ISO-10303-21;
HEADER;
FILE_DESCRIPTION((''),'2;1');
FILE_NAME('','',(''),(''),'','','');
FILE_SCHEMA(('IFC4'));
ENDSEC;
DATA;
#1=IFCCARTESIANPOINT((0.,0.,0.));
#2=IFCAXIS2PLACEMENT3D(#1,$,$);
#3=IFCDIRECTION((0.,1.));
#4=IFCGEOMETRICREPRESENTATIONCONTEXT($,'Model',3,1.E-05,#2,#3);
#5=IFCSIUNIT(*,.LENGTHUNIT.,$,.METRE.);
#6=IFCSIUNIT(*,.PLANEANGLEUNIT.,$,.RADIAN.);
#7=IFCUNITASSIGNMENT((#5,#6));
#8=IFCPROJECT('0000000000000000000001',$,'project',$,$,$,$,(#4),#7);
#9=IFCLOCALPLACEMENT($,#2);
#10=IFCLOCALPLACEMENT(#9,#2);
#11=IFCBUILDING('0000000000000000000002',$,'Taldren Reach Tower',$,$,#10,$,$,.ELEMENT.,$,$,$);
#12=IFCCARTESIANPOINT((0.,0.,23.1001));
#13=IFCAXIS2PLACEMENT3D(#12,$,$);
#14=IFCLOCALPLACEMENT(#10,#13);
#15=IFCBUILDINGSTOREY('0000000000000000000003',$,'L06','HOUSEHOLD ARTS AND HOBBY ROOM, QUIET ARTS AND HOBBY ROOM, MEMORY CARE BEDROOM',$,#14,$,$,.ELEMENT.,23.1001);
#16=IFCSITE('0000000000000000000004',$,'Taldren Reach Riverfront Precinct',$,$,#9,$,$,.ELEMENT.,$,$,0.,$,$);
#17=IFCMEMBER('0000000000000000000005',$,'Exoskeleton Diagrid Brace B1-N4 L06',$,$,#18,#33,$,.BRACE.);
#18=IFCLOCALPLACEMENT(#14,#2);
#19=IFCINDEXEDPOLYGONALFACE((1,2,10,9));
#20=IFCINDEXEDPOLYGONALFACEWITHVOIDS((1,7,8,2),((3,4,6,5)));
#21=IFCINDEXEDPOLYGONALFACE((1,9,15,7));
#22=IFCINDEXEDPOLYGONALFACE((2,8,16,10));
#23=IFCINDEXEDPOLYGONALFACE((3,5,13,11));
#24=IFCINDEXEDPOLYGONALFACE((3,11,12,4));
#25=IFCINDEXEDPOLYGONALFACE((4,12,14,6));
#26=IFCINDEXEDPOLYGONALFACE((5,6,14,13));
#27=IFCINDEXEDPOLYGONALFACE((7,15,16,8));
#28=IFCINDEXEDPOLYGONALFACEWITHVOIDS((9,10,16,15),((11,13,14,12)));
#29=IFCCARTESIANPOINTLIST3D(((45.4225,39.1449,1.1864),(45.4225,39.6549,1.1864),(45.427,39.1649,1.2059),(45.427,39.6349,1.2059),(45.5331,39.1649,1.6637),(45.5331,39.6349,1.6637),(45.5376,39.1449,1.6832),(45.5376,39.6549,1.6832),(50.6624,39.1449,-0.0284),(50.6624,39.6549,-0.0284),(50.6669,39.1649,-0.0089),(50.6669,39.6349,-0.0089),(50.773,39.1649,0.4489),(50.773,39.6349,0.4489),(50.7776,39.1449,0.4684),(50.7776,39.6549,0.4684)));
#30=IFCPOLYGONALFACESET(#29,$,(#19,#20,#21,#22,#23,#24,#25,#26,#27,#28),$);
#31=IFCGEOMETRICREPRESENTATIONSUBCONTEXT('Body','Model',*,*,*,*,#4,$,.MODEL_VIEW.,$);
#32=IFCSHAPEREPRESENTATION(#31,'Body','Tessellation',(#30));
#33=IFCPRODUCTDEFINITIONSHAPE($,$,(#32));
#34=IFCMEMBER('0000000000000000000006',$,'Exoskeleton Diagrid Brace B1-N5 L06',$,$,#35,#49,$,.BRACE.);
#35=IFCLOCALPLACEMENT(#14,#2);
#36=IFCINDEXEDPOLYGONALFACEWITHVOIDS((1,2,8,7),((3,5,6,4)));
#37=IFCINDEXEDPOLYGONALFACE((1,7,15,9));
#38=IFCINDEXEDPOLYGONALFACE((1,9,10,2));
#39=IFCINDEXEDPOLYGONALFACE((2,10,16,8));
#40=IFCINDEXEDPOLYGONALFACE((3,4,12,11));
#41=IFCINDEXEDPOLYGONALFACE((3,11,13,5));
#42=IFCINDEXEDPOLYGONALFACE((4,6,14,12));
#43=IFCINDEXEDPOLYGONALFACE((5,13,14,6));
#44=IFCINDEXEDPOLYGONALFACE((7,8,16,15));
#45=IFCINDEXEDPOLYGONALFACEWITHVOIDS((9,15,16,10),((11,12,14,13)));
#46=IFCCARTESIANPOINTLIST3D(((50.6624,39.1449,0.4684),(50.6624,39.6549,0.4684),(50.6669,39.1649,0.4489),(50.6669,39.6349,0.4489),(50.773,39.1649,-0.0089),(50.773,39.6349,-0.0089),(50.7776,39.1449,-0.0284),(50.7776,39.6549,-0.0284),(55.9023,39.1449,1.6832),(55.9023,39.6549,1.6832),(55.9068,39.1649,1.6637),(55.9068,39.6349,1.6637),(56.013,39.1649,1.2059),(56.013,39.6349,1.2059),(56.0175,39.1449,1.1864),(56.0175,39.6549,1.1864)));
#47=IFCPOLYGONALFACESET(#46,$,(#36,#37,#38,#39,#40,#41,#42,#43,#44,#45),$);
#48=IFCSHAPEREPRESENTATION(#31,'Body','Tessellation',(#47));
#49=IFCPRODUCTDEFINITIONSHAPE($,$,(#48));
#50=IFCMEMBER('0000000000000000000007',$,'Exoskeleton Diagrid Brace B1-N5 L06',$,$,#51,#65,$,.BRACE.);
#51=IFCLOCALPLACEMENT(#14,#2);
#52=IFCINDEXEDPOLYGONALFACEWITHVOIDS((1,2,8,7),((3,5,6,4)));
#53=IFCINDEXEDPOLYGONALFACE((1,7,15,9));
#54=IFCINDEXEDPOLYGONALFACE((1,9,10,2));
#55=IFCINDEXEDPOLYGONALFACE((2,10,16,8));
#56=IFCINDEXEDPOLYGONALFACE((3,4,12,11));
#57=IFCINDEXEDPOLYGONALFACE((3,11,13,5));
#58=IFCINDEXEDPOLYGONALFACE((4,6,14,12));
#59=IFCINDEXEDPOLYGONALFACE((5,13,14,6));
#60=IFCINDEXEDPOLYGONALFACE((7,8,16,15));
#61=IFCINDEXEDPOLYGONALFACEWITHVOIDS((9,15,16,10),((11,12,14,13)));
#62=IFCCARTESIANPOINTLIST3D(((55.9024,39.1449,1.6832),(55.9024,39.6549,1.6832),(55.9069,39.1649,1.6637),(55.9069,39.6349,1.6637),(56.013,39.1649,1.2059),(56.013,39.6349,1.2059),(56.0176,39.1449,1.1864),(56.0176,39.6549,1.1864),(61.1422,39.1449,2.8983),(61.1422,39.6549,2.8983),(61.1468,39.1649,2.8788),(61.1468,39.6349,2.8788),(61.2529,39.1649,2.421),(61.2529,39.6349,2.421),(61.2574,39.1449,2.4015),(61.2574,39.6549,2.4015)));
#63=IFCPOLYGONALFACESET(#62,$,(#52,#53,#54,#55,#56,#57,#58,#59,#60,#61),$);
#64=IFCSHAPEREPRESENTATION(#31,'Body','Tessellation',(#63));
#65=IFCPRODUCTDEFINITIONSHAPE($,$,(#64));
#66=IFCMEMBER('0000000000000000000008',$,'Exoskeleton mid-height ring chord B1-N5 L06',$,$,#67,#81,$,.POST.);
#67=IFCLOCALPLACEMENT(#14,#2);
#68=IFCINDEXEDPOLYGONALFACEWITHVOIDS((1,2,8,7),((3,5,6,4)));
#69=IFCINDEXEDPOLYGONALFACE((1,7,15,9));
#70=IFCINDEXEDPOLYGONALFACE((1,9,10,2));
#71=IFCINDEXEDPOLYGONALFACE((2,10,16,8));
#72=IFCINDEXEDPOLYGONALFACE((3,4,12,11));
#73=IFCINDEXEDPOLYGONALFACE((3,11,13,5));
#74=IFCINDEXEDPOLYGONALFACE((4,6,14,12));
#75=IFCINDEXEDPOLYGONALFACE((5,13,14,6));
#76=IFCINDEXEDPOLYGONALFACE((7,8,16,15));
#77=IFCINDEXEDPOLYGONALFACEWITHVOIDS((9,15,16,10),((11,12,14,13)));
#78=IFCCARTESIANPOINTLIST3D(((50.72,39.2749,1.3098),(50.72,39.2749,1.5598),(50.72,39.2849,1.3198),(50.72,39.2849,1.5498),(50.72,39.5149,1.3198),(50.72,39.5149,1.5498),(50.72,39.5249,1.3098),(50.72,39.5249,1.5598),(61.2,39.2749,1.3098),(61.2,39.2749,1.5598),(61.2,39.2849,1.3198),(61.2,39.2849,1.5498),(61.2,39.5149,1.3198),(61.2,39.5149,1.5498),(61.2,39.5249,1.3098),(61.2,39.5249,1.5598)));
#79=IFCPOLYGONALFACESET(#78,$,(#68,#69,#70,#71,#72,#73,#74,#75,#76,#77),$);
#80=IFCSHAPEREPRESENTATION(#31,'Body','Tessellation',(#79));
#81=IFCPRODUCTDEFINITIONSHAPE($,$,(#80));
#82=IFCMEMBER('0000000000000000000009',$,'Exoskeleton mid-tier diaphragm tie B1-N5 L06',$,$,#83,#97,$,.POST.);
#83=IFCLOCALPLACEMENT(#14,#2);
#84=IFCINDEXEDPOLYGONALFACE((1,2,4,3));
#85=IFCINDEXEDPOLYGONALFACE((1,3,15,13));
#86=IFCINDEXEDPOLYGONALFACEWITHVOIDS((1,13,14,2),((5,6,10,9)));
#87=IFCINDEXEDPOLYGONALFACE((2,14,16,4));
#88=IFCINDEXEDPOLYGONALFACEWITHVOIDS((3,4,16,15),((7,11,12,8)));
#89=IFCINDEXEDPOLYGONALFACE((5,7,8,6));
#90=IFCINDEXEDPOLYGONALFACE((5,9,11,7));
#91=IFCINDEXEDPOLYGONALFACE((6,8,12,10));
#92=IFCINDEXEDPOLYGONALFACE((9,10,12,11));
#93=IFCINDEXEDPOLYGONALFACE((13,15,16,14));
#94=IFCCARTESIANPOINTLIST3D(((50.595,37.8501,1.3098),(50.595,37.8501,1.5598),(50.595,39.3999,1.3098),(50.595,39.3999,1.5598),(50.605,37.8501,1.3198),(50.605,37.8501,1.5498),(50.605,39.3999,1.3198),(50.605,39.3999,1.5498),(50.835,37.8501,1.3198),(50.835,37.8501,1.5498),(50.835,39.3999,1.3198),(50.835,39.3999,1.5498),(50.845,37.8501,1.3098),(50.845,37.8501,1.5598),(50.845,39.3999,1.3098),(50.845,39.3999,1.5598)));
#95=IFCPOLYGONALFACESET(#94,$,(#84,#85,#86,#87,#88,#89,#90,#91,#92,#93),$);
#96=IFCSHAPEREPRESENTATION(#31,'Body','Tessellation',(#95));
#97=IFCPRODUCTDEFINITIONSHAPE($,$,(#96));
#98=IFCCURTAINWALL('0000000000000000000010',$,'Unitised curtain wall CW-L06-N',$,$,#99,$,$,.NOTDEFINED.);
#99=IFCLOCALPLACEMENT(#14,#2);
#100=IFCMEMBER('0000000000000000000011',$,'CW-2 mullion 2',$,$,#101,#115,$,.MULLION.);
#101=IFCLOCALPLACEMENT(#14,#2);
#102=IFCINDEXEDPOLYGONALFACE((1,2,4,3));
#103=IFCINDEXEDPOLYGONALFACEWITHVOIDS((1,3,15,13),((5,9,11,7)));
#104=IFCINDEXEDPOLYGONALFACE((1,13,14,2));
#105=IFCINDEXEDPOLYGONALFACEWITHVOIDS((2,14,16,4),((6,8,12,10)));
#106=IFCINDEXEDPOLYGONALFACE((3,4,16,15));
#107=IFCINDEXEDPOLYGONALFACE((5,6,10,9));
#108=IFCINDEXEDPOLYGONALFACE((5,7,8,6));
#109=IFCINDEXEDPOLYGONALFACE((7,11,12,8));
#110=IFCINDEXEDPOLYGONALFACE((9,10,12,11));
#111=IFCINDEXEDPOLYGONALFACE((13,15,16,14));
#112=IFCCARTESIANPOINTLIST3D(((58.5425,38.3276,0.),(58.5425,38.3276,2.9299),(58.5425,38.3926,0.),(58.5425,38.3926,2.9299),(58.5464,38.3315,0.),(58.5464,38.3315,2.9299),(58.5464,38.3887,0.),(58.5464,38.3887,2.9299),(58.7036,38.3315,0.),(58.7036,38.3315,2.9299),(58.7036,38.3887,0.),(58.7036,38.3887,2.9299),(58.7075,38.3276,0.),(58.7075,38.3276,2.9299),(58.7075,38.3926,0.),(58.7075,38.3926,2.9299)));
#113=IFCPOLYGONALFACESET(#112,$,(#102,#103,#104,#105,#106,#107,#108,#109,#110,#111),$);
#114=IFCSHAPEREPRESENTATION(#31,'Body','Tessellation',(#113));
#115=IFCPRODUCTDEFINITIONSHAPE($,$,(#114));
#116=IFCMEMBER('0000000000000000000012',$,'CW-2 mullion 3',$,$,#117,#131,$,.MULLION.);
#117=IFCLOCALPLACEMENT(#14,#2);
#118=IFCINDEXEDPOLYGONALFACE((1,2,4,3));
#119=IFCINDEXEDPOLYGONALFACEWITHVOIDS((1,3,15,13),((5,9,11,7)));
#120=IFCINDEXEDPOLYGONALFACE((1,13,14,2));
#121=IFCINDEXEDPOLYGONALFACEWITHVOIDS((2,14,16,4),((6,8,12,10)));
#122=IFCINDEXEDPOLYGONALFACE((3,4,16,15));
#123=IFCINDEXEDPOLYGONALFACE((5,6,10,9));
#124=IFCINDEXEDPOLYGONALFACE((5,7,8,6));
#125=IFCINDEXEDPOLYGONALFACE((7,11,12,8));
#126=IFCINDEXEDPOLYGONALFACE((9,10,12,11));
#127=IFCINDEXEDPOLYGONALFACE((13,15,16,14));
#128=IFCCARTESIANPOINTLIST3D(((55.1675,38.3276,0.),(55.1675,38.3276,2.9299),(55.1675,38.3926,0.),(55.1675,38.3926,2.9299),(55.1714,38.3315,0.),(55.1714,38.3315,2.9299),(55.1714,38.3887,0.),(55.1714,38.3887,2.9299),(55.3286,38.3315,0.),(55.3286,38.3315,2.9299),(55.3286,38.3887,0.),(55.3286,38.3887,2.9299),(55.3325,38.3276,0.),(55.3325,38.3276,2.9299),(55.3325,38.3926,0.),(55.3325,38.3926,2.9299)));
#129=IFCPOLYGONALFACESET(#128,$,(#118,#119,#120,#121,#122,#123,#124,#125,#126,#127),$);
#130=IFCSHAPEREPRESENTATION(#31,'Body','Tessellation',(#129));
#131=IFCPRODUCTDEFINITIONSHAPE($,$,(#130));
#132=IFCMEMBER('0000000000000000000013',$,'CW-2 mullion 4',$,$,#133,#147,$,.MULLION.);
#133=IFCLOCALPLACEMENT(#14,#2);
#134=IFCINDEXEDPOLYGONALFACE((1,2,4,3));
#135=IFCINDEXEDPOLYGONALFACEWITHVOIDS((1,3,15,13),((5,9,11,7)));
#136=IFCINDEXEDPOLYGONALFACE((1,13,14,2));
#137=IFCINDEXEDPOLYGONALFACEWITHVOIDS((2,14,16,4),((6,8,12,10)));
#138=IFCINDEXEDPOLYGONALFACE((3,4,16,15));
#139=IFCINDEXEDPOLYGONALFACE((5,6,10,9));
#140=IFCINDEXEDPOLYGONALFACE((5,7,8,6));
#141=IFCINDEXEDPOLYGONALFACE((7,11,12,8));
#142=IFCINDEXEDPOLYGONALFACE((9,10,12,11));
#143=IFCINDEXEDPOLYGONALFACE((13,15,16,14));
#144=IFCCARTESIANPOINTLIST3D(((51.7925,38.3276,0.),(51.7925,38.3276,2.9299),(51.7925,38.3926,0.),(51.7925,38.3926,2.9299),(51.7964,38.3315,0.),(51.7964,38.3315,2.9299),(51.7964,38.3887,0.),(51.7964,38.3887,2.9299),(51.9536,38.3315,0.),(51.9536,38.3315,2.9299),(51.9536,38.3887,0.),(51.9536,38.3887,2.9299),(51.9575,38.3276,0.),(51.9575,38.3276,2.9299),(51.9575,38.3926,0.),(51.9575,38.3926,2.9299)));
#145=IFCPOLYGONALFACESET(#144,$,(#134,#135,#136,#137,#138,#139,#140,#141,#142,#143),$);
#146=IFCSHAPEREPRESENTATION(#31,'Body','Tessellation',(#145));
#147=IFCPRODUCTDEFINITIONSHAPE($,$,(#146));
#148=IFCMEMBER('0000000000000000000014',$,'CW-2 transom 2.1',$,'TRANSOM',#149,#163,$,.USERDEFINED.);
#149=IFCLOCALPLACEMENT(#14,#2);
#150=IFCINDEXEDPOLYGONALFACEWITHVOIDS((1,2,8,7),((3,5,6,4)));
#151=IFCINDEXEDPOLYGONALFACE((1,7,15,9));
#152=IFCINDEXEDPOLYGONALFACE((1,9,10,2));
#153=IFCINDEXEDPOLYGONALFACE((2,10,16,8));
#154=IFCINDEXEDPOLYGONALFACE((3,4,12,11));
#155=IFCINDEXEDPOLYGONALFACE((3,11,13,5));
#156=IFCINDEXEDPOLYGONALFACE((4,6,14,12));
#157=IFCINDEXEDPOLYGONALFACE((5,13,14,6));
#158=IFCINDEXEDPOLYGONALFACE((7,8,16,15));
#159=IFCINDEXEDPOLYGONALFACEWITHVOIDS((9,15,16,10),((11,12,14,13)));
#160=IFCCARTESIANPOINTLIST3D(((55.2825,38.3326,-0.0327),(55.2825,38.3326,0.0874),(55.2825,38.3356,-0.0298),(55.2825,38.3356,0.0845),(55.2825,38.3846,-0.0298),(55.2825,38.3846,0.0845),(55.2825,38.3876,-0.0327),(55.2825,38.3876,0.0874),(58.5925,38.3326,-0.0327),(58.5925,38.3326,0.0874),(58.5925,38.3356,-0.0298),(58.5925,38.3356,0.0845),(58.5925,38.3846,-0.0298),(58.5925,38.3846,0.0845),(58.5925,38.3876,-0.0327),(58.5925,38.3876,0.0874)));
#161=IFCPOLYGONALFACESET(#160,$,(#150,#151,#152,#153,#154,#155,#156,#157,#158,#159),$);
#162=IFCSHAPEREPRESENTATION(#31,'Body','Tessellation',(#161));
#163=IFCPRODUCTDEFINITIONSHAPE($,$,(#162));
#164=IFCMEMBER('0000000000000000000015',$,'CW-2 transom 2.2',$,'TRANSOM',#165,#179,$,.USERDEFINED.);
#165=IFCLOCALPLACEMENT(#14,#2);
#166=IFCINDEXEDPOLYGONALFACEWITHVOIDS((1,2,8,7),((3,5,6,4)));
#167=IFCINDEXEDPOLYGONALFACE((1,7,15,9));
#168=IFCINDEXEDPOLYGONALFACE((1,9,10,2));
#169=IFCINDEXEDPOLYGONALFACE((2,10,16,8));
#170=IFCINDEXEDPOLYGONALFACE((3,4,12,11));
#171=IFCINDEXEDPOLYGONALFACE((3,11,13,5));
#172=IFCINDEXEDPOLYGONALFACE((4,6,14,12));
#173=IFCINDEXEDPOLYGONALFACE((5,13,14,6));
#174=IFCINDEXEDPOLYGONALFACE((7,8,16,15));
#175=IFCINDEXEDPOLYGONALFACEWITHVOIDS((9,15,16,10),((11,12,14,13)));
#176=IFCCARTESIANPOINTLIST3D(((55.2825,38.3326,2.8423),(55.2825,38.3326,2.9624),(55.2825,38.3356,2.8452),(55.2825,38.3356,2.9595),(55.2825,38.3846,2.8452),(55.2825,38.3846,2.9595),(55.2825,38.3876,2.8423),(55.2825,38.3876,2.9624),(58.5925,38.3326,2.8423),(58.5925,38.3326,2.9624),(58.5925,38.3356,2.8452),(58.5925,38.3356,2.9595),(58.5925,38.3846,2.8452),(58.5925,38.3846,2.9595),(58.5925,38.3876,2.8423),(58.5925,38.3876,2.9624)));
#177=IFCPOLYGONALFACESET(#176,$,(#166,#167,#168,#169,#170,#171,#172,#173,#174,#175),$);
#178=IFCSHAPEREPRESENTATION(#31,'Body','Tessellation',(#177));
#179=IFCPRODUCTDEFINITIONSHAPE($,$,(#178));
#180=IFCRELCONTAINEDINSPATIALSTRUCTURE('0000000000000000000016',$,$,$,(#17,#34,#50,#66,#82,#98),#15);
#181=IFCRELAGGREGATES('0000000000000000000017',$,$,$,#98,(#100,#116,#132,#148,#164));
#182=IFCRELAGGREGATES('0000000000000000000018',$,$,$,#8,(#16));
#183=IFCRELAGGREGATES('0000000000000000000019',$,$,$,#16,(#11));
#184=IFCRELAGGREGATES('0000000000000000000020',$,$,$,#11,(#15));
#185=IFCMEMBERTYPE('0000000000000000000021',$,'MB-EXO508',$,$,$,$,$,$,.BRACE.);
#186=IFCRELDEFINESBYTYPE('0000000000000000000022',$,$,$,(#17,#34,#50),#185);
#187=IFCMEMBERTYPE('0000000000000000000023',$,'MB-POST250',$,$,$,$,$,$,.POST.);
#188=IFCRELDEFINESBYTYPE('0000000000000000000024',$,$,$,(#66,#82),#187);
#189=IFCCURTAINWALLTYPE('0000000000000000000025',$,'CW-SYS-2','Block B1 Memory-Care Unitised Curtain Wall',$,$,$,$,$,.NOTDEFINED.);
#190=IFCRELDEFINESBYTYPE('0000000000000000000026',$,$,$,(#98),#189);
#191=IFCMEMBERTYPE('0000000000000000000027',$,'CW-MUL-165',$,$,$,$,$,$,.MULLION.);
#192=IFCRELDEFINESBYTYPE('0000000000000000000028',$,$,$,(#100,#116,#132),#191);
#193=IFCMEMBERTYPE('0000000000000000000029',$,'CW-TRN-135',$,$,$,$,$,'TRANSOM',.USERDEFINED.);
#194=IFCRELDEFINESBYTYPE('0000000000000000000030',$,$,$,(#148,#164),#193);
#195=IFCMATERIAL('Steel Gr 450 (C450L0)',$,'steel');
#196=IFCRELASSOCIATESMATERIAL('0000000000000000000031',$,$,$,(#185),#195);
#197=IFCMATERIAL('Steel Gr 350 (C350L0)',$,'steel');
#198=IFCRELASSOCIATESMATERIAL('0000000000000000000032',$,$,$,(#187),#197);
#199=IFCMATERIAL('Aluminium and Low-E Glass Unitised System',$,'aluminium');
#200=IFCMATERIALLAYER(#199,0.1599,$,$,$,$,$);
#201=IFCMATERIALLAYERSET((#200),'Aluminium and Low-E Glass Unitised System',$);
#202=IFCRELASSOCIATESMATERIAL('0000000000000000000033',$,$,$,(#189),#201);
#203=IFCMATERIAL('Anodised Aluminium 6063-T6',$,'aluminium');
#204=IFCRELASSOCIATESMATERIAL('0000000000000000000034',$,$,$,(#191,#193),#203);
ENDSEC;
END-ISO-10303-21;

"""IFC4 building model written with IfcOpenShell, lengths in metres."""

from ifc_helpers import new_model, si_unit, direction, frame, origin, origin_2d, place, context, subcontext, project, spatial, hollow_rectangle, extrude, source, transform, mapped, material, layer, layer_set, material_profile, profile_set, type_object, element, aggregate, save


model = new_model("IFC4")

# Units and contexts
model_context = context("Model", 3, precision=1e-05, world=origin(), true_north=direction((0.0, 1.0)))
body_context = subcontext(model_context, "Body", "Model", "MODEL_VIEW")
ifc_project = project(units=[si_unit("LENGTHUNIT", "METRE"), si_unit("PLANEANGLEUNIT", "RADIAN")], contexts=[model_context])

# Site, building, storey
site_placement = place(None, origin())
site = spatial("IfcSite", under=ifc_project, at=site_placement, Name="Taldren Reach Riverfront Precinct", CompositionType="ELEMENT", RefElevation=0.0)
building_placement = place(site_placement, origin())
building = spatial("IfcBuilding", under=site, at=building_placement, Name="Taldren Reach Tower", CompositionType="ELEMENT")
storey_placement = place(building_placement, frame((0.0, 0.0, 23.1001)))
storey = spatial("IfcBuildingStorey", under=building, at=storey_placement, Name="L06", Description="HOUSEHOLD ARTS AND HOBBY ROOM, QUIET ARTS AND HOBBY ROOM, MEMORY CARE BEDROOM", CompositionType="ELEMENT", Elevation=23.1001)

# Members
ifc_material_1 = material(Name="Steel Gr 450 (C450L0)", Category="steel")
ifc_material_profile_1 = material_profile(ifc_material_1, hollow_rectangle(XDim=0.51, YDim=0.51, WallThickness=0.02, at=origin_2d()), Name="510x510x20.0SHS")
ifc_profile_set_1 = profile_set([ifc_material_profile_1], Name="Steel Gr 450 (C450L0)")
member_type_1 = type_object("IfcMemberType", Name="MB-EXO508", PredefinedType="BRACE", material=ifc_profile_set_1)
shared_shape_1 = source(origin(), body_context, "Body", "SweptSolid", [
    extrude(hollow_rectangle(XDim=0.51, YDim=0.51, WallThickness=0.02, at=origin_2d()), origin(), (0.0, 0.0, 1.0), 5.3789),
])
for number, where, z_axis, x_axis, name in (
    (1, (50.72, 39.3999, 0.22), (-0.974162, 0.0, 0.225851), (0.0, -1.0, 0.0), "Exoskeleton Diagrid Brace B1-N4 L06"),
    (2, (50.72, 39.3999, 0.22), (0.974162, 0.0, 0.225851), (0.0, 1.0, 0.0), "Exoskeleton Diagrid Brace B1-N5 L06"),
    (3, (55.96, 39.3999, 1.4348), (0.974152, 0.0, 0.225894), (0.0, 1.0, 0.0), "Exoskeleton Diagrid Brace B1-N5 L06"),
):
    element("IfcMember", number, at=place(storey_placement, frame(where, z_axis=z_axis, x_axis=x_axis)), inside=storey, type_object=member_type_1, Name=name, PredefinedType="BRACE", context=body_context, shape_type="MappedRepresentation", body=[
        mapped(shared_shape_1, transform((0.0, 0.0, 0.0), scale=1.0)),
    ])
ifc_material_2 = material(Name="Steel Gr 350 (C350L0)", Category="steel")
ifc_material_profile_2 = material_profile(ifc_material_2, hollow_rectangle(XDim=0.25, YDim=0.25, WallThickness=0.01, at=origin_2d()), Name="250x250x10.0SHS")
ifc_profile_set_2 = profile_set([ifc_material_profile_2], Name="Steel Gr 350 (C350L0)")
member_type_2 = type_object("IfcMemberType", Name="MB-POST250", PredefinedType="POST", material=ifc_profile_set_2)
shared_shape_2 = source(origin(), body_context, "Body", "SweptSolid", [
    extrude(hollow_rectangle(XDim=0.25, YDim=0.25, WallThickness=0.01, at=origin_2d()), origin(), (0.0, 0.0, 1.0), 10.48),
])
member_1_placement = place(storey_placement, frame((50.72, 39.3999, 1.4348), z_axis=(1.0, 0.0, 0.0), x_axis=(0.0, 1.0, 0.0)))
element("IfcMember", 4, at=member_1_placement, inside=storey, type_object=member_type_2, Name="Exoskeleton mid-height ring chord B1-N5 L06", PredefinedType="POST", context=body_context, shape_type="MappedRepresentation", body=[
    mapped(shared_shape_2, transform((0.0, 0.0, 0.0), scale=1.0)),
])
shared_shape_3 = source(origin(), body_context, "Body", "SweptSolid", [
    extrude(hollow_rectangle(XDim=0.25, YDim=0.25, WallThickness=0.01, at=origin_2d()), origin(), (0.0, 0.0, 1.0), 1.5498),
])
member_2_placement = place(storey_placement, frame((50.72, 37.8501, 1.4348), z_axis=(0.0, 1.0, 0.0), x_axis=(-1.0, 0.0, 0.0)))
element("IfcMember", 5, at=member_2_placement, inside=storey, type_object=member_type_2, Name="Exoskeleton mid-tier diaphragm tie B1-N5 L06", PredefinedType="POST", context=body_context, shape_type="MappedRepresentation", body=[
    mapped(shared_shape_3, transform((0.0, 0.0, 0.0), scale=1.0)),
])

# Curtain wall, members
ifc_material_3 = material(Name="Aluminium and Low-E Glass Unitised System", Category="aluminium")
ifc_layer_1 = layer(ifc_material_3, 0.1599)
ifc_layer_set_1 = layer_set([ifc_layer_1], Name="Aluminium and Low-E Glass Unitised System")
curtain_wall_type = type_object("IfcCurtainWallType", Name="CW-SYS-2", Description="Block B1 Memory-Care Unitised Curtain Wall", PredefinedType="NOTDEFINED", material=ifc_layer_set_1)
curtain_wall_placement = place(storey_placement, origin())
curtain_wall = element("IfcCurtainWall", 6, at=curtain_wall_placement, inside=storey, type_object=curtain_wall_type, Name="Unitised curtain wall CW-L06-N", PredefinedType="NOTDEFINED")
ifc_material_4 = material(Name="Anodised Aluminium 6063-T6", Category="aluminium")
ifc_material_profile_3 = material_profile(ifc_material_4, hollow_rectangle(XDim=0.0649, YDim=0.165, WallThickness=0.0039, at=origin_2d()), Name="ALU-165x65x4RHS")
ifc_profile_set_3 = profile_set([ifc_material_profile_3], Name="Anodised Aluminium 6063-T6")
member_type_3 = type_object("IfcMemberType", Name="CW-MUL-165", PredefinedType="MULLION", material=ifc_profile_set_3)
shared_shape_4 = source(origin(), body_context, "Body", "SweptSolid", [
    extrude(hollow_rectangle(XDim=0.0649, YDim=0.165, WallThickness=0.0039, at=origin_2d()), origin(), (0.0, 0.0, 1.0), 2.9299),
])
member_3_placement = place(storey_placement, frame((58.625, 38.3601, 0.0), z_axis=(0.0, 0.0, 1.0), x_axis=(0.0, -1.0, 0.0)))
member_3 = element("IfcMember", 7, at=member_3_placement, type_object=member_type_3, Name="CW-2 mullion 2", PredefinedType="MULLION", context=body_context, shape_type="MappedRepresentation", body=[
    mapped(shared_shape_4, transform((0.0, 0.0, 0.0), scale=1.0)),
])
member_4_placement = place(storey_placement, frame((55.25, 38.3601, 0.0), z_axis=(0.0, 0.0, 1.0), x_axis=(0.0, -1.0, 0.0)))
member_4 = element("IfcMember", 8, at=member_4_placement, type_object=member_type_3, Name="CW-2 mullion 3", PredefinedType="MULLION", context=body_context, shape_type="MappedRepresentation", body=[
    mapped(shared_shape_4, transform((0.0, 0.0, 0.0), scale=1.0)),
])
member_5_placement = place(storey_placement, frame((51.875, 38.3601, 0.0), z_axis=(0.0, 0.0, 1.0), x_axis=(0.0, -1.0, 0.0)))
member_5 = element("IfcMember", 9, at=member_5_placement, type_object=member_type_3, Name="CW-2 mullion 4", PredefinedType="MULLION", context=body_context, shape_type="MappedRepresentation", body=[
    mapped(shared_shape_4, transform((0.0, 0.0, 0.0), scale=1.0)),
])
ifc_material_profile_4 = material_profile(ifc_material_4, hollow_rectangle(XDim=0.0549, YDim=0.1201, WallThickness=0.0029, at=origin_2d()), Name="ALU-120x55x3RHS")
ifc_profile_set_4 = profile_set([ifc_material_profile_4], Name="Anodised Aluminium 6063-T6")
member_type_4 = type_object("IfcMemberType", Name="CW-TRN-135", ElementType="TRANSOM", PredefinedType="USERDEFINED", material=ifc_profile_set_4)
shared_shape_5 = source(origin(), body_context, "Body", "SweptSolid", [
    extrude(hollow_rectangle(XDim=0.0549, YDim=0.1201, WallThickness=0.0029, at=origin_2d()), origin(), (0.0, 0.0, 1.0), 3.3101),
])
member_6_placement = place(storey_placement, frame((58.5925, 38.3601, 0.0273), z_axis=(-1.0, 0.0, 0.0), x_axis=(0.0, -1.0, 0.0)))
member_6 = element("IfcMember", 10, at=member_6_placement, type_object=member_type_4, Name="CW-2 transom 2.1", ObjectType="TRANSOM", PredefinedType="USERDEFINED", context=body_context, shape_type="MappedRepresentation", body=[
    mapped(shared_shape_5, transform((0.0, 0.0, 0.0), scale=1.0)),
])
member_7_placement = place(storey_placement, frame((58.5925, 38.3601, 2.9023), z_axis=(-1.0, 0.0, 0.0), x_axis=(0.0, -1.0, 0.0)))
member_7 = element("IfcMember", 11, at=member_7_placement, type_object=member_type_4, Name="CW-2 transom 2.2", ObjectType="TRANSOM", PredefinedType="USERDEFINED", context=body_context, shape_type="MappedRepresentation", body=[
    mapped(shared_shape_5, transform((0.0, 0.0, 0.0), scale=1.0)),
])

aggregate(curtain_wall, [member_3, member_4, member_5, member_6, member_7])

save(model, "model.ifc")
